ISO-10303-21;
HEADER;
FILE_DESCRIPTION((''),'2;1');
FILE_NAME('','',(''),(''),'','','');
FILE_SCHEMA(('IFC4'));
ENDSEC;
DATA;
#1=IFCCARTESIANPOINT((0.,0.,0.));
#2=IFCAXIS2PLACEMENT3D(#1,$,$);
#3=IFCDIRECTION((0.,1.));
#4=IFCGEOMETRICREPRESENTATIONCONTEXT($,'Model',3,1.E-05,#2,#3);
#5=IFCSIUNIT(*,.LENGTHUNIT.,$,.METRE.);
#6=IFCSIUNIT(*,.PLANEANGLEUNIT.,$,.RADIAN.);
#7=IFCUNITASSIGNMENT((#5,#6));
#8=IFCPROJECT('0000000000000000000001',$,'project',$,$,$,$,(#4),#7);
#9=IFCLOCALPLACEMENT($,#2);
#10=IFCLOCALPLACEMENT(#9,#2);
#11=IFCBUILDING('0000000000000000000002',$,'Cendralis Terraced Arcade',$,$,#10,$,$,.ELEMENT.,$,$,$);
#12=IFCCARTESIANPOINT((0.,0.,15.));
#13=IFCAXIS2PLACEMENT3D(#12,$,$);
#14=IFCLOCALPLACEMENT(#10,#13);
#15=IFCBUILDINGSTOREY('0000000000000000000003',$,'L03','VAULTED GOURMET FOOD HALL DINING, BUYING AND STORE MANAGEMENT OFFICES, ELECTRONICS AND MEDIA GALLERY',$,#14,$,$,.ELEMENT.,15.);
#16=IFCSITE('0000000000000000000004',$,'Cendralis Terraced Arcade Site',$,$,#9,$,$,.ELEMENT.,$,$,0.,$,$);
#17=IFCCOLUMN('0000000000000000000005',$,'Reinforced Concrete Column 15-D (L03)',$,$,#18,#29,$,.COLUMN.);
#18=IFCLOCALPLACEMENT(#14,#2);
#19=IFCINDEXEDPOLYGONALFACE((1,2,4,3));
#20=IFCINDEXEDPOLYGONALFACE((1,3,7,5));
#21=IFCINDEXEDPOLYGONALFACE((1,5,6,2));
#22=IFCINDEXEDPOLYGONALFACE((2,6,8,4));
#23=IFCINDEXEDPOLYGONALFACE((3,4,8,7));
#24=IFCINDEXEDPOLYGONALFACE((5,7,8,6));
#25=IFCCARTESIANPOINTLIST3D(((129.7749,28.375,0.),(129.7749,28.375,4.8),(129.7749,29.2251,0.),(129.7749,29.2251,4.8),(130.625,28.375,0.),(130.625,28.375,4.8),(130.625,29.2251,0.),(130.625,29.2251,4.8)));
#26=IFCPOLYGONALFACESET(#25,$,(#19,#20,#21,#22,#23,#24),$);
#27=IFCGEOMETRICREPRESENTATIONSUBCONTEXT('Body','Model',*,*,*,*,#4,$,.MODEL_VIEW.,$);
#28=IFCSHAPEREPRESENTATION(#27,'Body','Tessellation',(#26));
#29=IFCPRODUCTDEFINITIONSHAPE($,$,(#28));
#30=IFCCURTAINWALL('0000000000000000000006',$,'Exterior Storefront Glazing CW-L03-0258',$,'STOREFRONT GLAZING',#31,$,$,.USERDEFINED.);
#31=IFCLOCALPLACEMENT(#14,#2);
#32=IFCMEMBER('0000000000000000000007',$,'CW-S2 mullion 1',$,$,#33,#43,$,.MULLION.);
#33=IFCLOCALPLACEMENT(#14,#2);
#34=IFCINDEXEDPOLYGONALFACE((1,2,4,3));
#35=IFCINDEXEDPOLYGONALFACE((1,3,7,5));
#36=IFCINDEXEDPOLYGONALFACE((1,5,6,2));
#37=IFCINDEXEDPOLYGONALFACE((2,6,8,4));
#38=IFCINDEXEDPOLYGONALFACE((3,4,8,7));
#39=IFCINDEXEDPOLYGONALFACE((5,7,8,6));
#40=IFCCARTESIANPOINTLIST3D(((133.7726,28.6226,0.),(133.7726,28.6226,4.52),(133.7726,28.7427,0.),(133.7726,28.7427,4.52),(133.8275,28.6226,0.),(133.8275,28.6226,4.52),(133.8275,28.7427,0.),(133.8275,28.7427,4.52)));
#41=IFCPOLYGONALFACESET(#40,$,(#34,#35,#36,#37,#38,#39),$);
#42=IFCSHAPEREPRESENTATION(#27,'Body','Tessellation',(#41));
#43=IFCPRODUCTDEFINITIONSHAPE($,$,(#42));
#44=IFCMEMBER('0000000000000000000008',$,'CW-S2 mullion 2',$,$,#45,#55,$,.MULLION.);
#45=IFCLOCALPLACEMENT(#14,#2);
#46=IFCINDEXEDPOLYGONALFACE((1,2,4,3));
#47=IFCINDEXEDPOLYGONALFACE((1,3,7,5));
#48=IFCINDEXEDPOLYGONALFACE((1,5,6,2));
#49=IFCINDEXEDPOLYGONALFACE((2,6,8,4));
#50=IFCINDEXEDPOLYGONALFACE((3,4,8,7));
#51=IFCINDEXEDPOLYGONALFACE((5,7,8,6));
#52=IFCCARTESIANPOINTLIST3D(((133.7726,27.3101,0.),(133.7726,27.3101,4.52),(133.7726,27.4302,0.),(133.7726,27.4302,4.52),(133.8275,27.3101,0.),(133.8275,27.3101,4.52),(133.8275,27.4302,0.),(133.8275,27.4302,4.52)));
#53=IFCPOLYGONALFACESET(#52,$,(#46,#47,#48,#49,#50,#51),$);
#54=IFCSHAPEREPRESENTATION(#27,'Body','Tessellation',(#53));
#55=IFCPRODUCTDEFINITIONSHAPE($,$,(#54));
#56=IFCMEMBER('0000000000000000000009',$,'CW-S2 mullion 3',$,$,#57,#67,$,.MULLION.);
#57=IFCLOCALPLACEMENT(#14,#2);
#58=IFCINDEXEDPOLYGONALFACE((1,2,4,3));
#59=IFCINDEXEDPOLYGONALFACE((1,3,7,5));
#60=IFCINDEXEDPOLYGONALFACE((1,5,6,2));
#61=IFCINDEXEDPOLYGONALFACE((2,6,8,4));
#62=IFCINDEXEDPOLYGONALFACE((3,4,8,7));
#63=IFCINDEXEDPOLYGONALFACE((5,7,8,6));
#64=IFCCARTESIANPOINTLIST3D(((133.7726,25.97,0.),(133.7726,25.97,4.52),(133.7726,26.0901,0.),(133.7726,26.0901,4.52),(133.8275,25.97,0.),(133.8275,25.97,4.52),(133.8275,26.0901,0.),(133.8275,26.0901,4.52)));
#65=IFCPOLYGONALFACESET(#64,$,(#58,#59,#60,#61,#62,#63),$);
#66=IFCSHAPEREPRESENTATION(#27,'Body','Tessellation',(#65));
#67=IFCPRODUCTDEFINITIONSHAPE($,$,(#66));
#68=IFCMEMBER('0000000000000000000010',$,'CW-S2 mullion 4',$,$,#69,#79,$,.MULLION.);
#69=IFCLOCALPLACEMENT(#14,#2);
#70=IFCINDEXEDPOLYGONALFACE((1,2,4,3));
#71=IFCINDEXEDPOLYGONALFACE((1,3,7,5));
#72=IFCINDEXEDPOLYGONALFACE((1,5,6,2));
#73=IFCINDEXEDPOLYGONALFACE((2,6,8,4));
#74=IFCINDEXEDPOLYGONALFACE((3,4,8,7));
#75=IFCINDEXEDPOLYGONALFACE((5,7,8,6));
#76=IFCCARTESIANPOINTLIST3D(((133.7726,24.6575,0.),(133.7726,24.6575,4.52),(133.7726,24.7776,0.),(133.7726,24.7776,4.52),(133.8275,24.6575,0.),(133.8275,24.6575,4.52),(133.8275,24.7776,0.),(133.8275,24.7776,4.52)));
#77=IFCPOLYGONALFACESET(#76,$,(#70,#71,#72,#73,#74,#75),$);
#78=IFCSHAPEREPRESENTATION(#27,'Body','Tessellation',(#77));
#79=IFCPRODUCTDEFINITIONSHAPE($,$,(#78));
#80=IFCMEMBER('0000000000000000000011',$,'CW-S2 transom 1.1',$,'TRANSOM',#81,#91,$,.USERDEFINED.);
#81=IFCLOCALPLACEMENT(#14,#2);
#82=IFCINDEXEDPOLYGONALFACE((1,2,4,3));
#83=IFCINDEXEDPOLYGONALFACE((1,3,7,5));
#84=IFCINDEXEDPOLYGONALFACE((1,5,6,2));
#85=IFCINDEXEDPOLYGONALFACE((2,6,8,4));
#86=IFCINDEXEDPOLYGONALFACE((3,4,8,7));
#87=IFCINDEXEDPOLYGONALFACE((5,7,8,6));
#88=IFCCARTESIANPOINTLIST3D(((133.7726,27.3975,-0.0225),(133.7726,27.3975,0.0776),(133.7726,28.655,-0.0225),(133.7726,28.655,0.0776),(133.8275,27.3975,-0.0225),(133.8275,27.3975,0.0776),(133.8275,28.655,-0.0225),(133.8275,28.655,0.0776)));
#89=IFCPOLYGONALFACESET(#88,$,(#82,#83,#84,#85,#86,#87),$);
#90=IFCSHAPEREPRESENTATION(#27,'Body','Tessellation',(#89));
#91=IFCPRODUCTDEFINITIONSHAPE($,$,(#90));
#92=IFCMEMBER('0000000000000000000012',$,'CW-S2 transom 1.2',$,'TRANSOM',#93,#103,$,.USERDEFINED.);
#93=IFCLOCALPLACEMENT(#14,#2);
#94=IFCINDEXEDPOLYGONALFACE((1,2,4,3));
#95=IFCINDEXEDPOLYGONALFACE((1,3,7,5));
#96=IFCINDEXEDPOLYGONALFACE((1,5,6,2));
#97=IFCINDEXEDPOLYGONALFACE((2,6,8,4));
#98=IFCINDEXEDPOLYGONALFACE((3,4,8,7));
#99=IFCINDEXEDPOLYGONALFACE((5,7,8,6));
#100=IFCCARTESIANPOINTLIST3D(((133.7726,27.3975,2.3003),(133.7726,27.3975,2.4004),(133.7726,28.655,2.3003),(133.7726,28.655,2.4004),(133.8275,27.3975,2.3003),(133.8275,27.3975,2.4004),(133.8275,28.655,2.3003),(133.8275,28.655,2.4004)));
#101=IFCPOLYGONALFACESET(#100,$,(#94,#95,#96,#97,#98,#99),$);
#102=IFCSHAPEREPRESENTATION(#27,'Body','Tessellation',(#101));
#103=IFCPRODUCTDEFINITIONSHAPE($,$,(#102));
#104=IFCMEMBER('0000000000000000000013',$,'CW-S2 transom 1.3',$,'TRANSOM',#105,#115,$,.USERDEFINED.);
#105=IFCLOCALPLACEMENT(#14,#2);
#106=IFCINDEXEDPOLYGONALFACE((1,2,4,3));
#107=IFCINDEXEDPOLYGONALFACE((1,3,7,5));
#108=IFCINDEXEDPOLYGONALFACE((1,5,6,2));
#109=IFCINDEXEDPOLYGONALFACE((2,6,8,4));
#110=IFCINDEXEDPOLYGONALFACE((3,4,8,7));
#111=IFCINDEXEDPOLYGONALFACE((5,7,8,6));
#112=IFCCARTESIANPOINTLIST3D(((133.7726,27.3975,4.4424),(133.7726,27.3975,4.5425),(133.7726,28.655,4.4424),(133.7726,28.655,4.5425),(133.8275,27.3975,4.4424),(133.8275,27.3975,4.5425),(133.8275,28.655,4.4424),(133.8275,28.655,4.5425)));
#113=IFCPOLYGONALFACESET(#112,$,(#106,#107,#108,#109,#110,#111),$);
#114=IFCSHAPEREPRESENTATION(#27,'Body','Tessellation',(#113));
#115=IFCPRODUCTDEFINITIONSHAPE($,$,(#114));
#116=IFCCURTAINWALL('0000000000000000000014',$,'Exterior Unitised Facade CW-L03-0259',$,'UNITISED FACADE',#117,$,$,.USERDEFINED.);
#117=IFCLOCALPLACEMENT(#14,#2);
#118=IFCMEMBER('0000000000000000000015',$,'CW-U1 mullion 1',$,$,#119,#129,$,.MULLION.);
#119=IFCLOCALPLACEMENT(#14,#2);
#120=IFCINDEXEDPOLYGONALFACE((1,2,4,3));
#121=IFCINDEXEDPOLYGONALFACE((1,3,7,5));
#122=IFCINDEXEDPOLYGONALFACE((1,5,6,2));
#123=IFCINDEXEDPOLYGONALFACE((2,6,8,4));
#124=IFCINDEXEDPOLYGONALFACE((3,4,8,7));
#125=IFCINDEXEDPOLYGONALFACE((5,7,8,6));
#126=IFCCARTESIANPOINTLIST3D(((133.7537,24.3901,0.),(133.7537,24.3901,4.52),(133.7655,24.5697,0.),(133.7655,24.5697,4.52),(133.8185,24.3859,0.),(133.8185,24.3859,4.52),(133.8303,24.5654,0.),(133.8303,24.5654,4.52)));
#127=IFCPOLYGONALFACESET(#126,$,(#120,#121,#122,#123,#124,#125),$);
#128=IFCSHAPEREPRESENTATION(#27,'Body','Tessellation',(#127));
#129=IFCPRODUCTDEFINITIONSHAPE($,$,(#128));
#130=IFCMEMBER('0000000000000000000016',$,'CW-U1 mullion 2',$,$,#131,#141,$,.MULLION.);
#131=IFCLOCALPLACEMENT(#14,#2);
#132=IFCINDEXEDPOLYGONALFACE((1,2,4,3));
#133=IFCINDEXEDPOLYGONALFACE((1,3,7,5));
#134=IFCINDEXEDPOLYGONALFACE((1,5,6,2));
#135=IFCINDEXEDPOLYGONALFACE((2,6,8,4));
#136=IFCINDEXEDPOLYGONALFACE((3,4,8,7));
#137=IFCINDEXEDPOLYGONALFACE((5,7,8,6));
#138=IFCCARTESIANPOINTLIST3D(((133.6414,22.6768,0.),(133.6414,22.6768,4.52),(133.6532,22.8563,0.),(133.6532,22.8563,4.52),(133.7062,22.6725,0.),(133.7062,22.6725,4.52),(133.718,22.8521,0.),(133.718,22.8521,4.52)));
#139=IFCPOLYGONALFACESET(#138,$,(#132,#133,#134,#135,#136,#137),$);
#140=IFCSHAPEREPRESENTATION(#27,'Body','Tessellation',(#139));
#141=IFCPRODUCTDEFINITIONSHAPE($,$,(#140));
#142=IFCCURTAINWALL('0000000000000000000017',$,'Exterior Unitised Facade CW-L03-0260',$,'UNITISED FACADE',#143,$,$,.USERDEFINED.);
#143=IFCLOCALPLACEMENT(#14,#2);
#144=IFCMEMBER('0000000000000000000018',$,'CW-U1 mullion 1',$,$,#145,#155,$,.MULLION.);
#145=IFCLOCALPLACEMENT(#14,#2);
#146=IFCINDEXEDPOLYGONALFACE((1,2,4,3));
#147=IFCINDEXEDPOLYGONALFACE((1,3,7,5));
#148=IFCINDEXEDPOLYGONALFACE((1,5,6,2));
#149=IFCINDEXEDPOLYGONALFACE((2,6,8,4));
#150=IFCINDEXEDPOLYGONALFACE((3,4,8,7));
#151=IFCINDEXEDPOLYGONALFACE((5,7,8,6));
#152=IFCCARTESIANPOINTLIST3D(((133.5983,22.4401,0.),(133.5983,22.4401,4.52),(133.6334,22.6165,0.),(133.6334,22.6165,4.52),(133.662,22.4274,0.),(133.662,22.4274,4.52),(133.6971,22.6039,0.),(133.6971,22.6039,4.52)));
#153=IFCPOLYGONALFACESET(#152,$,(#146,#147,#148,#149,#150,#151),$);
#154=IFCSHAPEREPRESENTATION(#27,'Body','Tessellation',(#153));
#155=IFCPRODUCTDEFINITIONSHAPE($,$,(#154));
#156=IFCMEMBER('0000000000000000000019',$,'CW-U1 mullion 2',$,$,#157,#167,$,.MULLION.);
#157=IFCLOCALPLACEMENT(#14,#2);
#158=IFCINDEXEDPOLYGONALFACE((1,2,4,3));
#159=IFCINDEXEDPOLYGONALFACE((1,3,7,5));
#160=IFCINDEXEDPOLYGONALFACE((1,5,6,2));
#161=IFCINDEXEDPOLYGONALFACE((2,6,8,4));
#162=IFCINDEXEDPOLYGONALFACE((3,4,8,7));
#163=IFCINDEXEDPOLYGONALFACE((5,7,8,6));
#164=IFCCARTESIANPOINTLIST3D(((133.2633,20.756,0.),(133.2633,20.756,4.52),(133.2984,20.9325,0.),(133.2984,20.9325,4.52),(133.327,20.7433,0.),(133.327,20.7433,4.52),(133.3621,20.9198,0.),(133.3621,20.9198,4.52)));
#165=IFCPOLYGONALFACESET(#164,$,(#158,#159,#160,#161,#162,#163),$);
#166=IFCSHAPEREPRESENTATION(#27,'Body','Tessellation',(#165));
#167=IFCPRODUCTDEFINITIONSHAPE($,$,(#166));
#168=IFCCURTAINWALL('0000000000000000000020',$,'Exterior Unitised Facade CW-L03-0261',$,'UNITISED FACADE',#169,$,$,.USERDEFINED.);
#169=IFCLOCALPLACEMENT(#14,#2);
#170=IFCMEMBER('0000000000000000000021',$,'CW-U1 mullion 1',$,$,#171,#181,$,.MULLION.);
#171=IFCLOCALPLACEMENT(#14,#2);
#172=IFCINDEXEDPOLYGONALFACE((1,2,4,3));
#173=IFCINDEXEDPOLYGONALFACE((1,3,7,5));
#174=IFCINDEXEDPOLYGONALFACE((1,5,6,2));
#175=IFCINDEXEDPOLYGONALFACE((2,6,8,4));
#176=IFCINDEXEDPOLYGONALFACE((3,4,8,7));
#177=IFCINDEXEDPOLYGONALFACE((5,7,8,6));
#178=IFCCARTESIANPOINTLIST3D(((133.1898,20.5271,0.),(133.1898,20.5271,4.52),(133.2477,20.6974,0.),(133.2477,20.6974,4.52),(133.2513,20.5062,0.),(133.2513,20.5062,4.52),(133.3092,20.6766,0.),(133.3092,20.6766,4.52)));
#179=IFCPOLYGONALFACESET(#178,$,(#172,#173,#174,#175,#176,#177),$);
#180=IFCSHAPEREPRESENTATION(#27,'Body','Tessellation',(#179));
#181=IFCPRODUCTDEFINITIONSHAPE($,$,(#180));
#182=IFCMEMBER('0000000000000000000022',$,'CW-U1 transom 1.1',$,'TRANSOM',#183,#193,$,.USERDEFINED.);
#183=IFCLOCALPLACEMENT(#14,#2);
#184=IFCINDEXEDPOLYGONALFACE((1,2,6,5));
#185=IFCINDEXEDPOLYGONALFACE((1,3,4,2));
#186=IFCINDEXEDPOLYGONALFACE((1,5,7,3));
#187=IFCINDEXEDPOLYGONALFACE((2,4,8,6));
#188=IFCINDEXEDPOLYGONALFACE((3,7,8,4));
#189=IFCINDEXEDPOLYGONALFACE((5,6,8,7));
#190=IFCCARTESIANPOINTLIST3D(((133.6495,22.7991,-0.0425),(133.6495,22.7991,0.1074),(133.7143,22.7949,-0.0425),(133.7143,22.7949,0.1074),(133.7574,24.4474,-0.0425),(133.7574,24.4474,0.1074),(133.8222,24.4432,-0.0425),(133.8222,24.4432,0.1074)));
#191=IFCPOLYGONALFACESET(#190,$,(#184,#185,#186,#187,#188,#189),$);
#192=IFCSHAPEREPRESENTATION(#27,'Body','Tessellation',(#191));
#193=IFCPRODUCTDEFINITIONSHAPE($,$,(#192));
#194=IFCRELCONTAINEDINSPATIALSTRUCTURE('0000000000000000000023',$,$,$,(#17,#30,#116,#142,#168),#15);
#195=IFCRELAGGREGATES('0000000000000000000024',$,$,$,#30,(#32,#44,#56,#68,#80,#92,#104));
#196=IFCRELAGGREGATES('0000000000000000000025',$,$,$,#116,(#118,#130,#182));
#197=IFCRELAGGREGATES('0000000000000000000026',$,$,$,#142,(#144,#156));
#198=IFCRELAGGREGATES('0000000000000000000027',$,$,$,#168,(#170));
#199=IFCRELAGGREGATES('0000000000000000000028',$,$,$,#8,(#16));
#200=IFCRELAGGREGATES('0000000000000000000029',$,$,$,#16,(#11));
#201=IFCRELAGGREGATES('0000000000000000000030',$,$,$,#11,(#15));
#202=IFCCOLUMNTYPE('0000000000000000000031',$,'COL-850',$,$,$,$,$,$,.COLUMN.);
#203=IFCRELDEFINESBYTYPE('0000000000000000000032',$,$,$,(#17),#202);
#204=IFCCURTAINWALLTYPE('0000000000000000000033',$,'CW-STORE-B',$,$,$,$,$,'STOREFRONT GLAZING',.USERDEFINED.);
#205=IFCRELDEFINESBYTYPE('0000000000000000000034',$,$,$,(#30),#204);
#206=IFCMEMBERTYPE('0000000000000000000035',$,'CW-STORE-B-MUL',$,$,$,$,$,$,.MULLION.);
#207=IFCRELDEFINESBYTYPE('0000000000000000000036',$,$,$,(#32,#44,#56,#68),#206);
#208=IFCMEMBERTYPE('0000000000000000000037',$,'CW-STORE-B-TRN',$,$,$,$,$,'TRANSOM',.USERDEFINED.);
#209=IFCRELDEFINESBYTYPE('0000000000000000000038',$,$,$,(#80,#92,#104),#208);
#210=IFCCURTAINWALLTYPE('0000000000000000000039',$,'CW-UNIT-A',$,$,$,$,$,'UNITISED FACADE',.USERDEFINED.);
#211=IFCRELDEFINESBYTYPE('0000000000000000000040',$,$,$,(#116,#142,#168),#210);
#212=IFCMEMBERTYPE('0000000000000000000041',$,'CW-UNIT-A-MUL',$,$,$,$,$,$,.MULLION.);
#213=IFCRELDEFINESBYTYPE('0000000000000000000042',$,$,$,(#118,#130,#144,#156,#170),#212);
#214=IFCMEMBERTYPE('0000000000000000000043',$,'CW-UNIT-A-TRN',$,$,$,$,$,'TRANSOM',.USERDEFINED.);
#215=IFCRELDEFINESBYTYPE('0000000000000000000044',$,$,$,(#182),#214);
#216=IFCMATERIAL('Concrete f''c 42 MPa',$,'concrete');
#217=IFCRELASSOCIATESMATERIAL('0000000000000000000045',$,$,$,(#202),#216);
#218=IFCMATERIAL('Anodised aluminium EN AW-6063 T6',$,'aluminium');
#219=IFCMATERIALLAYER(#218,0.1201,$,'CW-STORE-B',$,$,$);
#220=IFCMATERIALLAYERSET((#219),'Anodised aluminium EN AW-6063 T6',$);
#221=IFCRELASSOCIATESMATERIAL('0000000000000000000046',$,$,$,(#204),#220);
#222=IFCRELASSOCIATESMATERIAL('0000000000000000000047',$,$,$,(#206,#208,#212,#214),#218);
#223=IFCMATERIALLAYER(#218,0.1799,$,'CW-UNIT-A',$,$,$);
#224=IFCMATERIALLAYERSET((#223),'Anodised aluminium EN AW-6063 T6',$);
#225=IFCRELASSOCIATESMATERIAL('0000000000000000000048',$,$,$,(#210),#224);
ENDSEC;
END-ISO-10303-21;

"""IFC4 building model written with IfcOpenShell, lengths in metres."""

from ifc_helpers import new_model, si_unit, direction, frame, origin, origin_2d, place, context, subcontext, project, spatial, rectangle, extrude, material, layer, layer_set, material_profile, profile_set, type_object, element, aggregate, save


model = new_model("IFC4")

# Units and contexts
model_context = context("Model", 3, precision=1e-05, world=origin(), true_north=direction((0.0, 1.0)))
body_context = subcontext(model_context, "Body", "Model", "MODEL_VIEW")
ifc_project = project(units=[si_unit("LENGTHUNIT", "METRE"), si_unit("PLANEANGLEUNIT", "RADIAN")], contexts=[model_context])

# Site, building, storey
site_placement = place(None, origin())
site = spatial("IfcSite", under=ifc_project, at=site_placement, Name="Cendralis Terraced Arcade Site", CompositionType="ELEMENT", RefElevation=0.0)
building_placement = place(site_placement, origin())
building = spatial("IfcBuilding", under=site, at=building_placement, Name="Cendralis Terraced Arcade", CompositionType="ELEMENT")
storey_placement = place(building_placement, frame((0.0, 0.0, 15.0)))
storey = spatial("IfcBuildingStorey", under=building, at=storey_placement, Name="L03", Description="VAULTED GOURMET FOOD HALL DINING, BUYING AND STORE MANAGEMENT OFFICES, ELECTRONICS AND MEDIA GALLERY", CompositionType="ELEMENT", Elevation=15.0)

# Column
ifc_material_1 = material(Name="Concrete f'c 42 MPa", Category="concrete")
ifc_material_profile_1 = material_profile(ifc_material_1, rectangle(XDim=0.8501, YDim=0.8501, at=origin_2d()), Name="RC-COL-850x850", Category="LoadBearing")
ifc_profile_set_1 = profile_set([ifc_material_profile_1], Name="Concrete f'c 42 MPa")
column_type = type_object("IfcColumnType", Name="COL-850", PredefinedType="COLUMN", material=ifc_profile_set_1)
column_placement = place(storey_placement, frame((130.2, 28.8, 0.0), z_axis=(0.0, 0.0, 1.0), x_axis=(1.0, 0.0, 0.0)))
element("IfcColumn", 1, at=column_placement, inside=storey, type_object=column_type, Name="Reinforced Concrete Column 15-D (L03)", PredefinedType="COLUMN", context=body_context, shape_type="SweptSolid", body=[
    extrude(rectangle(XDim=0.8501, YDim=0.8501, at=origin_2d()), origin(), (0.0, 0.0, 1.0), 4.8),
])

# Curtain walls, members
ifc_material_2 = material(Name="Anodised aluminium EN AW-6063 T6", Category="aluminium")
ifc_layer_1 = layer(ifc_material_2, 0.1201, Name="CW-STORE-B")
ifc_layer_set_1 = layer_set([ifc_layer_1], Name="Anodised aluminium EN AW-6063 T6")
curtain_wall_type_1 = type_object("IfcCurtainWallType", Name="CW-STORE-B", ElementType="STOREFRONT GLAZING", PredefinedType="USERDEFINED", material=ifc_layer_set_1)
curtain_wall_1_placement = place(storey_placement, origin())
curtain_wall_1 = element("IfcCurtainWall", 2, at=curtain_wall_1_placement, inside=storey, type_object=curtain_wall_type_1, Name="Exterior Storefront Glazing CW-L03-0258", ObjectType="STOREFRONT GLAZING", PredefinedType="USERDEFINED")
ifc_material_profile_2 = material_profile(ifc_material_2, rectangle(XDim=0.0549, YDim=0.1201, at=origin_2d()), Name="ALU-MUL-55x120")
ifc_profile_set_2 = profile_set([ifc_material_profile_2], Name="Anodised aluminium EN AW-6063 T6")
member_type_1 = type_object("IfcMemberType", Name="CW-STORE-B-MUL", PredefinedType="MULLION", material=ifc_profile_set_2)
member_1_placement = place(storey_placement, frame((133.8, 28.6826, 0.0), z_axis=(0.0, 0.0, 1.0), x_axis=(1.0, 0.0, 0.0)))
member_1 = element("IfcMember", 3, at=member_1_placement, type_object=member_type_1, Name="CW-S2 mullion 1", PredefinedType="MULLION", context=body_context, shape_type="SweptSolid", body=[
    extrude(rectangle(XDim=0.0549, YDim=0.1201, at=origin_2d()), origin(), (0.0, 0.0, 1.0), 4.52),
])
member_2_placement = place(storey_placement, frame((133.8, 27.3701, 0.0), z_axis=(0.0, 0.0, 1.0), x_axis=(1.0, 0.0, 0.0)))
member_2 = element("IfcMember", 4, at=member_2_placement, type_object=member_type_1, Name="CW-S2 mullion 2", PredefinedType="MULLION", context=body_context, shape_type="SweptSolid", body=[
    extrude(rectangle(XDim=0.0549, YDim=0.1201, at=origin_2d()), origin(), (0.0, 0.0, 1.0), 4.52),
])
member_3_placement = place(storey_placement, frame((133.8, 26.03, 0.0), z_axis=(0.0, 0.0, 1.0), x_axis=(1.0, 0.0, 0.0)))
member_3 = element("IfcMember", 5, at=member_3_placement, type_object=member_type_1, Name="CW-S2 mullion 3", PredefinedType="MULLION", context=body_context, shape_type="SweptSolid", body=[
    extrude(rectangle(XDim=0.0549, YDim=0.1201, at=origin_2d()), origin(), (0.0, 0.0, 1.0), 4.52),
])
member_4_placement = place(storey_placement, frame((133.8, 24.7175, 0.0), z_axis=(0.0, 0.0, 1.0), x_axis=(1.0, 0.0, 0.0)))
member_4 = element("IfcMember", 6, at=member_4_placement, type_object=member_type_1, Name="CW-S2 mullion 4", PredefinedType="MULLION", context=body_context, shape_type="SweptSolid", body=[
    extrude(rectangle(XDim=0.0549, YDim=0.1201, at=origin_2d()), origin(), (0.0, 0.0, 1.0), 4.52),
])
ifc_material_profile_3 = material_profile(ifc_material_2, rectangle(XDim=0.0549, YDim=0.1001, at=origin_2d()), Name="ALU-TRN-55x100")
ifc_profile_set_3 = profile_set([ifc_material_profile_3], Name="Anodised aluminium EN AW-6063 T6")
member_type_2 = type_object("IfcMemberType", Name="CW-STORE-B-TRN", ElementType="TRANSOM", PredefinedType="USERDEFINED", material=ifc_profile_set_3)
member_5_placement = place(storey_placement, frame((133.8, 28.655, 0.0276), z_axis=(0.0, -1.0, 0.0), x_axis=(1.0, 0.0, 0.0)))
member_5 = element("IfcMember", 7, at=member_5_placement, type_object=member_type_2, Name="CW-S2 transom 1.1", ObjectType="TRANSOM", PredefinedType="USERDEFINED", context=body_context, shape_type="SweptSolid", body=[
    extrude(rectangle(XDim=0.0549, YDim=0.1001, at=origin_2d()), origin(), (0.0, 0.0, 1.0), 1.2576),
])
member_6_placement = place(storey_placement, frame((133.8, 28.655, 2.3503), z_axis=(0.0, -1.0, 0.0), x_axis=(1.0, 0.0, 0.0)))
member_6 = element("IfcMember", 8, at=member_6_placement, type_object=member_type_2, Name="CW-S2 transom 1.2", ObjectType="TRANSOM", PredefinedType="USERDEFINED", context=body_context, shape_type="SweptSolid", body=[
    extrude(rectangle(XDim=0.0549, YDim=0.1001, at=origin_2d()), origin(), (0.0, 0.0, 1.0), 1.2576),
])
member_7_placement = place(storey_placement, frame((133.8, 28.655, 4.4924), z_axis=(0.0, -1.0, 0.0), x_axis=(1.0, 0.0, 0.0)))
member_7 = element("IfcMember", 9, at=member_7_placement, type_object=member_type_2, Name="CW-S2 transom 1.3", ObjectType="TRANSOM", PredefinedType="USERDEFINED", context=body_context, shape_type="SweptSolid", body=[
    extrude(rectangle(XDim=0.0549, YDim=0.1001, at=origin_2d()), origin(), (0.0, 0.0, 1.0), 1.2576),
])
ifc_layer_2 = layer(ifc_material_2, 0.1799, Name="CW-UNIT-A")
ifc_layer_set_2 = layer_set([ifc_layer_2], Name="Anodised aluminium EN AW-6063 T6")
curtain_wall_type_2 = type_object("IfcCurtainWallType", Name="CW-UNIT-A", ElementType="UNITISED FACADE", PredefinedType="USERDEFINED", material=ifc_layer_set_2)
curtain_wall_2_placement = place(storey_placement, origin())
curtain_wall_2 = element("IfcCurtainWall", 10, at=curtain_wall_2_placement, inside=storey, type_object=curtain_wall_type_2, Name="Exterior Unitised Facade CW-L03-0259", ObjectType="UNITISED FACADE", PredefinedType="USERDEFINED")
ifc_material_profile_4 = material_profile(ifc_material_2, rectangle(XDim=0.0649, YDim=0.1799, at=origin_2d()), Name="ALU-MUL-65x180")
ifc_profile_set_4 = profile_set([ifc_material_profile_4], Name="Anodised aluminium EN AW-6063 T6")
member_type_3 = type_object("IfcMemberType", Name="CW-UNIT-A-MUL", PredefinedType="MULLION", material=ifc_profile_set_4)
member_8_placement = place(storey_placement, frame((133.792, 24.4778, 0.0), z_axis=(0.0, 0.0, 1.0), x_axis=(0.997861, -0.065372, 0.0)))
member_8 = element("IfcMember", 11, at=member_8_placement, type_object=member_type_3, Name="CW-U1 mullion 1", PredefinedType="MULLION", context=body_context, shape_type="SweptSolid", body=[
    extrude(rectangle(XDim=0.0649, YDim=0.1799, at=origin_2d()), origin(), (0.0, 0.0, 1.0), 4.52),
])
member_9_placement = place(storey_placement, frame((133.6797, 22.7644, 0.0), z_axis=(0.0, 0.0, 1.0), x_axis=(0.997861, -0.065372, 0.0)))
member_9 = element("IfcMember", 12, at=member_9_placement, type_object=member_type_3, Name="CW-U1 mullion 2", PredefinedType="MULLION", context=body_context, shape_type="SweptSolid", body=[
    extrude(rectangle(XDim=0.0649, YDim=0.1799, at=origin_2d()), origin(), (0.0, 0.0, 1.0), 4.52),
])
curtain_wall_3_placement = place(storey_placement, origin())
curtain_wall_3 = element("IfcCurtainWall", 13, at=curtain_wall_3_placement, inside=storey, type_object=curtain_wall_type_2, Name="Exterior Unitised Facade CW-L03-0260", ObjectType="UNITISED FACADE", PredefinedType="USERDEFINED")
member_10_placement = place(storey_placement, frame((133.6477, 22.522, 0.0), z_axis=(0.0, 0.0, 1.0), x_axis=(0.980792, -0.195058, 0.0)))
member_10 = element("IfcMember", 14, at=member_10_placement, type_object=member_type_3, Name="CW-U1 mullion 1", PredefinedType="MULLION", context=body_context, shape_type="SweptSolid", body=[
    extrude(rectangle(XDim=0.0649, YDim=0.1799, at=origin_2d()), origin(), (0.0, 0.0, 1.0), 4.52),
])
member_11_placement = place(storey_placement, frame((133.3127, 20.8379, 0.0), z_axis=(0.0, 0.0, 1.0), x_axis=(0.980792, -0.195058, 0.0)))
member_11 = element("IfcMember", 15, at=member_11_placement, type_object=member_type_3, Name="CW-U1 mullion 2", PredefinedType="MULLION", context=body_context, shape_type="SweptSolid", body=[
    extrude(rectangle(XDim=0.0649, YDim=0.1799, at=origin_2d()), origin(), (0.0, 0.0, 1.0), 4.52),
])

# Curtain wall, member
curtain_wall_4_placement = place(storey_placement, origin())
curtain_wall_4 = element("IfcCurtainWall", 16, at=curtain_wall_4_placement, inside=storey, type_object=curtain_wall_type_2, Name="Exterior Unitised Facade CW-L03-0261", ObjectType="UNITISED FACADE", PredefinedType="USERDEFINED")
member_12_placement = place(storey_placement, frame((133.2495, 20.6018, 0.0), z_axis=(0.0, 0.0, 1.0), x_axis=(0.946924, -0.321458, 0.0)))
member_12 = element("IfcMember", 17, at=member_12_placement, type_object=member_type_3, Name="CW-U1 mullion 1", PredefinedType="MULLION", context=body_context, shape_type="SweptSolid", body=[
    extrude(rectangle(XDim=0.0649, YDim=0.1799, at=origin_2d()), origin(), (0.0, 0.0, 1.0), 4.52),
])

# Member
ifc_material_profile_5 = material_profile(ifc_material_2, rectangle(XDim=0.0649, YDim=0.1499, at=origin_2d()), Name="ALU-TRN-65x150")
ifc_profile_set_5 = profile_set([ifc_material_profile_5], Name="Anodised aluminium EN AW-6063 T6")
member_type_4 = type_object("IfcMemberType", Name="CW-UNIT-A-TRN", ElementType="TRANSOM", PredefinedType="USERDEFINED", material=ifc_profile_set_5)
member_13_placement = place(storey_placement, frame((133.7898, 24.4453, 0.0325), z_axis=(-0.065322, -0.997864, 0.0), x_axis=(0.997864, -0.065322, 0.0)))
member_13 = element("IfcMember", 18, at=member_13_placement, type_object=member_type_4, Name="CW-U1 transom 1.1", ObjectType="TRANSOM", PredefinedType="USERDEFINED", context=body_context, shape_type="SweptSolid", body=[
    extrude(rectangle(XDim=0.0649, YDim=0.1499, at=origin_2d()), origin(), (0.0, 0.0, 1.0), 1.6519),
])

aggregate(curtain_wall_1, [member_1, member_2, member_3, member_4, member_5, member_6, member_7])
aggregate(curtain_wall_2, [member_8, member_9, member_13])
aggregate(curtain_wall_3, [member_10, member_11])
aggregate(curtain_wall_4, [member_12])

save(model, "model.ifc")
